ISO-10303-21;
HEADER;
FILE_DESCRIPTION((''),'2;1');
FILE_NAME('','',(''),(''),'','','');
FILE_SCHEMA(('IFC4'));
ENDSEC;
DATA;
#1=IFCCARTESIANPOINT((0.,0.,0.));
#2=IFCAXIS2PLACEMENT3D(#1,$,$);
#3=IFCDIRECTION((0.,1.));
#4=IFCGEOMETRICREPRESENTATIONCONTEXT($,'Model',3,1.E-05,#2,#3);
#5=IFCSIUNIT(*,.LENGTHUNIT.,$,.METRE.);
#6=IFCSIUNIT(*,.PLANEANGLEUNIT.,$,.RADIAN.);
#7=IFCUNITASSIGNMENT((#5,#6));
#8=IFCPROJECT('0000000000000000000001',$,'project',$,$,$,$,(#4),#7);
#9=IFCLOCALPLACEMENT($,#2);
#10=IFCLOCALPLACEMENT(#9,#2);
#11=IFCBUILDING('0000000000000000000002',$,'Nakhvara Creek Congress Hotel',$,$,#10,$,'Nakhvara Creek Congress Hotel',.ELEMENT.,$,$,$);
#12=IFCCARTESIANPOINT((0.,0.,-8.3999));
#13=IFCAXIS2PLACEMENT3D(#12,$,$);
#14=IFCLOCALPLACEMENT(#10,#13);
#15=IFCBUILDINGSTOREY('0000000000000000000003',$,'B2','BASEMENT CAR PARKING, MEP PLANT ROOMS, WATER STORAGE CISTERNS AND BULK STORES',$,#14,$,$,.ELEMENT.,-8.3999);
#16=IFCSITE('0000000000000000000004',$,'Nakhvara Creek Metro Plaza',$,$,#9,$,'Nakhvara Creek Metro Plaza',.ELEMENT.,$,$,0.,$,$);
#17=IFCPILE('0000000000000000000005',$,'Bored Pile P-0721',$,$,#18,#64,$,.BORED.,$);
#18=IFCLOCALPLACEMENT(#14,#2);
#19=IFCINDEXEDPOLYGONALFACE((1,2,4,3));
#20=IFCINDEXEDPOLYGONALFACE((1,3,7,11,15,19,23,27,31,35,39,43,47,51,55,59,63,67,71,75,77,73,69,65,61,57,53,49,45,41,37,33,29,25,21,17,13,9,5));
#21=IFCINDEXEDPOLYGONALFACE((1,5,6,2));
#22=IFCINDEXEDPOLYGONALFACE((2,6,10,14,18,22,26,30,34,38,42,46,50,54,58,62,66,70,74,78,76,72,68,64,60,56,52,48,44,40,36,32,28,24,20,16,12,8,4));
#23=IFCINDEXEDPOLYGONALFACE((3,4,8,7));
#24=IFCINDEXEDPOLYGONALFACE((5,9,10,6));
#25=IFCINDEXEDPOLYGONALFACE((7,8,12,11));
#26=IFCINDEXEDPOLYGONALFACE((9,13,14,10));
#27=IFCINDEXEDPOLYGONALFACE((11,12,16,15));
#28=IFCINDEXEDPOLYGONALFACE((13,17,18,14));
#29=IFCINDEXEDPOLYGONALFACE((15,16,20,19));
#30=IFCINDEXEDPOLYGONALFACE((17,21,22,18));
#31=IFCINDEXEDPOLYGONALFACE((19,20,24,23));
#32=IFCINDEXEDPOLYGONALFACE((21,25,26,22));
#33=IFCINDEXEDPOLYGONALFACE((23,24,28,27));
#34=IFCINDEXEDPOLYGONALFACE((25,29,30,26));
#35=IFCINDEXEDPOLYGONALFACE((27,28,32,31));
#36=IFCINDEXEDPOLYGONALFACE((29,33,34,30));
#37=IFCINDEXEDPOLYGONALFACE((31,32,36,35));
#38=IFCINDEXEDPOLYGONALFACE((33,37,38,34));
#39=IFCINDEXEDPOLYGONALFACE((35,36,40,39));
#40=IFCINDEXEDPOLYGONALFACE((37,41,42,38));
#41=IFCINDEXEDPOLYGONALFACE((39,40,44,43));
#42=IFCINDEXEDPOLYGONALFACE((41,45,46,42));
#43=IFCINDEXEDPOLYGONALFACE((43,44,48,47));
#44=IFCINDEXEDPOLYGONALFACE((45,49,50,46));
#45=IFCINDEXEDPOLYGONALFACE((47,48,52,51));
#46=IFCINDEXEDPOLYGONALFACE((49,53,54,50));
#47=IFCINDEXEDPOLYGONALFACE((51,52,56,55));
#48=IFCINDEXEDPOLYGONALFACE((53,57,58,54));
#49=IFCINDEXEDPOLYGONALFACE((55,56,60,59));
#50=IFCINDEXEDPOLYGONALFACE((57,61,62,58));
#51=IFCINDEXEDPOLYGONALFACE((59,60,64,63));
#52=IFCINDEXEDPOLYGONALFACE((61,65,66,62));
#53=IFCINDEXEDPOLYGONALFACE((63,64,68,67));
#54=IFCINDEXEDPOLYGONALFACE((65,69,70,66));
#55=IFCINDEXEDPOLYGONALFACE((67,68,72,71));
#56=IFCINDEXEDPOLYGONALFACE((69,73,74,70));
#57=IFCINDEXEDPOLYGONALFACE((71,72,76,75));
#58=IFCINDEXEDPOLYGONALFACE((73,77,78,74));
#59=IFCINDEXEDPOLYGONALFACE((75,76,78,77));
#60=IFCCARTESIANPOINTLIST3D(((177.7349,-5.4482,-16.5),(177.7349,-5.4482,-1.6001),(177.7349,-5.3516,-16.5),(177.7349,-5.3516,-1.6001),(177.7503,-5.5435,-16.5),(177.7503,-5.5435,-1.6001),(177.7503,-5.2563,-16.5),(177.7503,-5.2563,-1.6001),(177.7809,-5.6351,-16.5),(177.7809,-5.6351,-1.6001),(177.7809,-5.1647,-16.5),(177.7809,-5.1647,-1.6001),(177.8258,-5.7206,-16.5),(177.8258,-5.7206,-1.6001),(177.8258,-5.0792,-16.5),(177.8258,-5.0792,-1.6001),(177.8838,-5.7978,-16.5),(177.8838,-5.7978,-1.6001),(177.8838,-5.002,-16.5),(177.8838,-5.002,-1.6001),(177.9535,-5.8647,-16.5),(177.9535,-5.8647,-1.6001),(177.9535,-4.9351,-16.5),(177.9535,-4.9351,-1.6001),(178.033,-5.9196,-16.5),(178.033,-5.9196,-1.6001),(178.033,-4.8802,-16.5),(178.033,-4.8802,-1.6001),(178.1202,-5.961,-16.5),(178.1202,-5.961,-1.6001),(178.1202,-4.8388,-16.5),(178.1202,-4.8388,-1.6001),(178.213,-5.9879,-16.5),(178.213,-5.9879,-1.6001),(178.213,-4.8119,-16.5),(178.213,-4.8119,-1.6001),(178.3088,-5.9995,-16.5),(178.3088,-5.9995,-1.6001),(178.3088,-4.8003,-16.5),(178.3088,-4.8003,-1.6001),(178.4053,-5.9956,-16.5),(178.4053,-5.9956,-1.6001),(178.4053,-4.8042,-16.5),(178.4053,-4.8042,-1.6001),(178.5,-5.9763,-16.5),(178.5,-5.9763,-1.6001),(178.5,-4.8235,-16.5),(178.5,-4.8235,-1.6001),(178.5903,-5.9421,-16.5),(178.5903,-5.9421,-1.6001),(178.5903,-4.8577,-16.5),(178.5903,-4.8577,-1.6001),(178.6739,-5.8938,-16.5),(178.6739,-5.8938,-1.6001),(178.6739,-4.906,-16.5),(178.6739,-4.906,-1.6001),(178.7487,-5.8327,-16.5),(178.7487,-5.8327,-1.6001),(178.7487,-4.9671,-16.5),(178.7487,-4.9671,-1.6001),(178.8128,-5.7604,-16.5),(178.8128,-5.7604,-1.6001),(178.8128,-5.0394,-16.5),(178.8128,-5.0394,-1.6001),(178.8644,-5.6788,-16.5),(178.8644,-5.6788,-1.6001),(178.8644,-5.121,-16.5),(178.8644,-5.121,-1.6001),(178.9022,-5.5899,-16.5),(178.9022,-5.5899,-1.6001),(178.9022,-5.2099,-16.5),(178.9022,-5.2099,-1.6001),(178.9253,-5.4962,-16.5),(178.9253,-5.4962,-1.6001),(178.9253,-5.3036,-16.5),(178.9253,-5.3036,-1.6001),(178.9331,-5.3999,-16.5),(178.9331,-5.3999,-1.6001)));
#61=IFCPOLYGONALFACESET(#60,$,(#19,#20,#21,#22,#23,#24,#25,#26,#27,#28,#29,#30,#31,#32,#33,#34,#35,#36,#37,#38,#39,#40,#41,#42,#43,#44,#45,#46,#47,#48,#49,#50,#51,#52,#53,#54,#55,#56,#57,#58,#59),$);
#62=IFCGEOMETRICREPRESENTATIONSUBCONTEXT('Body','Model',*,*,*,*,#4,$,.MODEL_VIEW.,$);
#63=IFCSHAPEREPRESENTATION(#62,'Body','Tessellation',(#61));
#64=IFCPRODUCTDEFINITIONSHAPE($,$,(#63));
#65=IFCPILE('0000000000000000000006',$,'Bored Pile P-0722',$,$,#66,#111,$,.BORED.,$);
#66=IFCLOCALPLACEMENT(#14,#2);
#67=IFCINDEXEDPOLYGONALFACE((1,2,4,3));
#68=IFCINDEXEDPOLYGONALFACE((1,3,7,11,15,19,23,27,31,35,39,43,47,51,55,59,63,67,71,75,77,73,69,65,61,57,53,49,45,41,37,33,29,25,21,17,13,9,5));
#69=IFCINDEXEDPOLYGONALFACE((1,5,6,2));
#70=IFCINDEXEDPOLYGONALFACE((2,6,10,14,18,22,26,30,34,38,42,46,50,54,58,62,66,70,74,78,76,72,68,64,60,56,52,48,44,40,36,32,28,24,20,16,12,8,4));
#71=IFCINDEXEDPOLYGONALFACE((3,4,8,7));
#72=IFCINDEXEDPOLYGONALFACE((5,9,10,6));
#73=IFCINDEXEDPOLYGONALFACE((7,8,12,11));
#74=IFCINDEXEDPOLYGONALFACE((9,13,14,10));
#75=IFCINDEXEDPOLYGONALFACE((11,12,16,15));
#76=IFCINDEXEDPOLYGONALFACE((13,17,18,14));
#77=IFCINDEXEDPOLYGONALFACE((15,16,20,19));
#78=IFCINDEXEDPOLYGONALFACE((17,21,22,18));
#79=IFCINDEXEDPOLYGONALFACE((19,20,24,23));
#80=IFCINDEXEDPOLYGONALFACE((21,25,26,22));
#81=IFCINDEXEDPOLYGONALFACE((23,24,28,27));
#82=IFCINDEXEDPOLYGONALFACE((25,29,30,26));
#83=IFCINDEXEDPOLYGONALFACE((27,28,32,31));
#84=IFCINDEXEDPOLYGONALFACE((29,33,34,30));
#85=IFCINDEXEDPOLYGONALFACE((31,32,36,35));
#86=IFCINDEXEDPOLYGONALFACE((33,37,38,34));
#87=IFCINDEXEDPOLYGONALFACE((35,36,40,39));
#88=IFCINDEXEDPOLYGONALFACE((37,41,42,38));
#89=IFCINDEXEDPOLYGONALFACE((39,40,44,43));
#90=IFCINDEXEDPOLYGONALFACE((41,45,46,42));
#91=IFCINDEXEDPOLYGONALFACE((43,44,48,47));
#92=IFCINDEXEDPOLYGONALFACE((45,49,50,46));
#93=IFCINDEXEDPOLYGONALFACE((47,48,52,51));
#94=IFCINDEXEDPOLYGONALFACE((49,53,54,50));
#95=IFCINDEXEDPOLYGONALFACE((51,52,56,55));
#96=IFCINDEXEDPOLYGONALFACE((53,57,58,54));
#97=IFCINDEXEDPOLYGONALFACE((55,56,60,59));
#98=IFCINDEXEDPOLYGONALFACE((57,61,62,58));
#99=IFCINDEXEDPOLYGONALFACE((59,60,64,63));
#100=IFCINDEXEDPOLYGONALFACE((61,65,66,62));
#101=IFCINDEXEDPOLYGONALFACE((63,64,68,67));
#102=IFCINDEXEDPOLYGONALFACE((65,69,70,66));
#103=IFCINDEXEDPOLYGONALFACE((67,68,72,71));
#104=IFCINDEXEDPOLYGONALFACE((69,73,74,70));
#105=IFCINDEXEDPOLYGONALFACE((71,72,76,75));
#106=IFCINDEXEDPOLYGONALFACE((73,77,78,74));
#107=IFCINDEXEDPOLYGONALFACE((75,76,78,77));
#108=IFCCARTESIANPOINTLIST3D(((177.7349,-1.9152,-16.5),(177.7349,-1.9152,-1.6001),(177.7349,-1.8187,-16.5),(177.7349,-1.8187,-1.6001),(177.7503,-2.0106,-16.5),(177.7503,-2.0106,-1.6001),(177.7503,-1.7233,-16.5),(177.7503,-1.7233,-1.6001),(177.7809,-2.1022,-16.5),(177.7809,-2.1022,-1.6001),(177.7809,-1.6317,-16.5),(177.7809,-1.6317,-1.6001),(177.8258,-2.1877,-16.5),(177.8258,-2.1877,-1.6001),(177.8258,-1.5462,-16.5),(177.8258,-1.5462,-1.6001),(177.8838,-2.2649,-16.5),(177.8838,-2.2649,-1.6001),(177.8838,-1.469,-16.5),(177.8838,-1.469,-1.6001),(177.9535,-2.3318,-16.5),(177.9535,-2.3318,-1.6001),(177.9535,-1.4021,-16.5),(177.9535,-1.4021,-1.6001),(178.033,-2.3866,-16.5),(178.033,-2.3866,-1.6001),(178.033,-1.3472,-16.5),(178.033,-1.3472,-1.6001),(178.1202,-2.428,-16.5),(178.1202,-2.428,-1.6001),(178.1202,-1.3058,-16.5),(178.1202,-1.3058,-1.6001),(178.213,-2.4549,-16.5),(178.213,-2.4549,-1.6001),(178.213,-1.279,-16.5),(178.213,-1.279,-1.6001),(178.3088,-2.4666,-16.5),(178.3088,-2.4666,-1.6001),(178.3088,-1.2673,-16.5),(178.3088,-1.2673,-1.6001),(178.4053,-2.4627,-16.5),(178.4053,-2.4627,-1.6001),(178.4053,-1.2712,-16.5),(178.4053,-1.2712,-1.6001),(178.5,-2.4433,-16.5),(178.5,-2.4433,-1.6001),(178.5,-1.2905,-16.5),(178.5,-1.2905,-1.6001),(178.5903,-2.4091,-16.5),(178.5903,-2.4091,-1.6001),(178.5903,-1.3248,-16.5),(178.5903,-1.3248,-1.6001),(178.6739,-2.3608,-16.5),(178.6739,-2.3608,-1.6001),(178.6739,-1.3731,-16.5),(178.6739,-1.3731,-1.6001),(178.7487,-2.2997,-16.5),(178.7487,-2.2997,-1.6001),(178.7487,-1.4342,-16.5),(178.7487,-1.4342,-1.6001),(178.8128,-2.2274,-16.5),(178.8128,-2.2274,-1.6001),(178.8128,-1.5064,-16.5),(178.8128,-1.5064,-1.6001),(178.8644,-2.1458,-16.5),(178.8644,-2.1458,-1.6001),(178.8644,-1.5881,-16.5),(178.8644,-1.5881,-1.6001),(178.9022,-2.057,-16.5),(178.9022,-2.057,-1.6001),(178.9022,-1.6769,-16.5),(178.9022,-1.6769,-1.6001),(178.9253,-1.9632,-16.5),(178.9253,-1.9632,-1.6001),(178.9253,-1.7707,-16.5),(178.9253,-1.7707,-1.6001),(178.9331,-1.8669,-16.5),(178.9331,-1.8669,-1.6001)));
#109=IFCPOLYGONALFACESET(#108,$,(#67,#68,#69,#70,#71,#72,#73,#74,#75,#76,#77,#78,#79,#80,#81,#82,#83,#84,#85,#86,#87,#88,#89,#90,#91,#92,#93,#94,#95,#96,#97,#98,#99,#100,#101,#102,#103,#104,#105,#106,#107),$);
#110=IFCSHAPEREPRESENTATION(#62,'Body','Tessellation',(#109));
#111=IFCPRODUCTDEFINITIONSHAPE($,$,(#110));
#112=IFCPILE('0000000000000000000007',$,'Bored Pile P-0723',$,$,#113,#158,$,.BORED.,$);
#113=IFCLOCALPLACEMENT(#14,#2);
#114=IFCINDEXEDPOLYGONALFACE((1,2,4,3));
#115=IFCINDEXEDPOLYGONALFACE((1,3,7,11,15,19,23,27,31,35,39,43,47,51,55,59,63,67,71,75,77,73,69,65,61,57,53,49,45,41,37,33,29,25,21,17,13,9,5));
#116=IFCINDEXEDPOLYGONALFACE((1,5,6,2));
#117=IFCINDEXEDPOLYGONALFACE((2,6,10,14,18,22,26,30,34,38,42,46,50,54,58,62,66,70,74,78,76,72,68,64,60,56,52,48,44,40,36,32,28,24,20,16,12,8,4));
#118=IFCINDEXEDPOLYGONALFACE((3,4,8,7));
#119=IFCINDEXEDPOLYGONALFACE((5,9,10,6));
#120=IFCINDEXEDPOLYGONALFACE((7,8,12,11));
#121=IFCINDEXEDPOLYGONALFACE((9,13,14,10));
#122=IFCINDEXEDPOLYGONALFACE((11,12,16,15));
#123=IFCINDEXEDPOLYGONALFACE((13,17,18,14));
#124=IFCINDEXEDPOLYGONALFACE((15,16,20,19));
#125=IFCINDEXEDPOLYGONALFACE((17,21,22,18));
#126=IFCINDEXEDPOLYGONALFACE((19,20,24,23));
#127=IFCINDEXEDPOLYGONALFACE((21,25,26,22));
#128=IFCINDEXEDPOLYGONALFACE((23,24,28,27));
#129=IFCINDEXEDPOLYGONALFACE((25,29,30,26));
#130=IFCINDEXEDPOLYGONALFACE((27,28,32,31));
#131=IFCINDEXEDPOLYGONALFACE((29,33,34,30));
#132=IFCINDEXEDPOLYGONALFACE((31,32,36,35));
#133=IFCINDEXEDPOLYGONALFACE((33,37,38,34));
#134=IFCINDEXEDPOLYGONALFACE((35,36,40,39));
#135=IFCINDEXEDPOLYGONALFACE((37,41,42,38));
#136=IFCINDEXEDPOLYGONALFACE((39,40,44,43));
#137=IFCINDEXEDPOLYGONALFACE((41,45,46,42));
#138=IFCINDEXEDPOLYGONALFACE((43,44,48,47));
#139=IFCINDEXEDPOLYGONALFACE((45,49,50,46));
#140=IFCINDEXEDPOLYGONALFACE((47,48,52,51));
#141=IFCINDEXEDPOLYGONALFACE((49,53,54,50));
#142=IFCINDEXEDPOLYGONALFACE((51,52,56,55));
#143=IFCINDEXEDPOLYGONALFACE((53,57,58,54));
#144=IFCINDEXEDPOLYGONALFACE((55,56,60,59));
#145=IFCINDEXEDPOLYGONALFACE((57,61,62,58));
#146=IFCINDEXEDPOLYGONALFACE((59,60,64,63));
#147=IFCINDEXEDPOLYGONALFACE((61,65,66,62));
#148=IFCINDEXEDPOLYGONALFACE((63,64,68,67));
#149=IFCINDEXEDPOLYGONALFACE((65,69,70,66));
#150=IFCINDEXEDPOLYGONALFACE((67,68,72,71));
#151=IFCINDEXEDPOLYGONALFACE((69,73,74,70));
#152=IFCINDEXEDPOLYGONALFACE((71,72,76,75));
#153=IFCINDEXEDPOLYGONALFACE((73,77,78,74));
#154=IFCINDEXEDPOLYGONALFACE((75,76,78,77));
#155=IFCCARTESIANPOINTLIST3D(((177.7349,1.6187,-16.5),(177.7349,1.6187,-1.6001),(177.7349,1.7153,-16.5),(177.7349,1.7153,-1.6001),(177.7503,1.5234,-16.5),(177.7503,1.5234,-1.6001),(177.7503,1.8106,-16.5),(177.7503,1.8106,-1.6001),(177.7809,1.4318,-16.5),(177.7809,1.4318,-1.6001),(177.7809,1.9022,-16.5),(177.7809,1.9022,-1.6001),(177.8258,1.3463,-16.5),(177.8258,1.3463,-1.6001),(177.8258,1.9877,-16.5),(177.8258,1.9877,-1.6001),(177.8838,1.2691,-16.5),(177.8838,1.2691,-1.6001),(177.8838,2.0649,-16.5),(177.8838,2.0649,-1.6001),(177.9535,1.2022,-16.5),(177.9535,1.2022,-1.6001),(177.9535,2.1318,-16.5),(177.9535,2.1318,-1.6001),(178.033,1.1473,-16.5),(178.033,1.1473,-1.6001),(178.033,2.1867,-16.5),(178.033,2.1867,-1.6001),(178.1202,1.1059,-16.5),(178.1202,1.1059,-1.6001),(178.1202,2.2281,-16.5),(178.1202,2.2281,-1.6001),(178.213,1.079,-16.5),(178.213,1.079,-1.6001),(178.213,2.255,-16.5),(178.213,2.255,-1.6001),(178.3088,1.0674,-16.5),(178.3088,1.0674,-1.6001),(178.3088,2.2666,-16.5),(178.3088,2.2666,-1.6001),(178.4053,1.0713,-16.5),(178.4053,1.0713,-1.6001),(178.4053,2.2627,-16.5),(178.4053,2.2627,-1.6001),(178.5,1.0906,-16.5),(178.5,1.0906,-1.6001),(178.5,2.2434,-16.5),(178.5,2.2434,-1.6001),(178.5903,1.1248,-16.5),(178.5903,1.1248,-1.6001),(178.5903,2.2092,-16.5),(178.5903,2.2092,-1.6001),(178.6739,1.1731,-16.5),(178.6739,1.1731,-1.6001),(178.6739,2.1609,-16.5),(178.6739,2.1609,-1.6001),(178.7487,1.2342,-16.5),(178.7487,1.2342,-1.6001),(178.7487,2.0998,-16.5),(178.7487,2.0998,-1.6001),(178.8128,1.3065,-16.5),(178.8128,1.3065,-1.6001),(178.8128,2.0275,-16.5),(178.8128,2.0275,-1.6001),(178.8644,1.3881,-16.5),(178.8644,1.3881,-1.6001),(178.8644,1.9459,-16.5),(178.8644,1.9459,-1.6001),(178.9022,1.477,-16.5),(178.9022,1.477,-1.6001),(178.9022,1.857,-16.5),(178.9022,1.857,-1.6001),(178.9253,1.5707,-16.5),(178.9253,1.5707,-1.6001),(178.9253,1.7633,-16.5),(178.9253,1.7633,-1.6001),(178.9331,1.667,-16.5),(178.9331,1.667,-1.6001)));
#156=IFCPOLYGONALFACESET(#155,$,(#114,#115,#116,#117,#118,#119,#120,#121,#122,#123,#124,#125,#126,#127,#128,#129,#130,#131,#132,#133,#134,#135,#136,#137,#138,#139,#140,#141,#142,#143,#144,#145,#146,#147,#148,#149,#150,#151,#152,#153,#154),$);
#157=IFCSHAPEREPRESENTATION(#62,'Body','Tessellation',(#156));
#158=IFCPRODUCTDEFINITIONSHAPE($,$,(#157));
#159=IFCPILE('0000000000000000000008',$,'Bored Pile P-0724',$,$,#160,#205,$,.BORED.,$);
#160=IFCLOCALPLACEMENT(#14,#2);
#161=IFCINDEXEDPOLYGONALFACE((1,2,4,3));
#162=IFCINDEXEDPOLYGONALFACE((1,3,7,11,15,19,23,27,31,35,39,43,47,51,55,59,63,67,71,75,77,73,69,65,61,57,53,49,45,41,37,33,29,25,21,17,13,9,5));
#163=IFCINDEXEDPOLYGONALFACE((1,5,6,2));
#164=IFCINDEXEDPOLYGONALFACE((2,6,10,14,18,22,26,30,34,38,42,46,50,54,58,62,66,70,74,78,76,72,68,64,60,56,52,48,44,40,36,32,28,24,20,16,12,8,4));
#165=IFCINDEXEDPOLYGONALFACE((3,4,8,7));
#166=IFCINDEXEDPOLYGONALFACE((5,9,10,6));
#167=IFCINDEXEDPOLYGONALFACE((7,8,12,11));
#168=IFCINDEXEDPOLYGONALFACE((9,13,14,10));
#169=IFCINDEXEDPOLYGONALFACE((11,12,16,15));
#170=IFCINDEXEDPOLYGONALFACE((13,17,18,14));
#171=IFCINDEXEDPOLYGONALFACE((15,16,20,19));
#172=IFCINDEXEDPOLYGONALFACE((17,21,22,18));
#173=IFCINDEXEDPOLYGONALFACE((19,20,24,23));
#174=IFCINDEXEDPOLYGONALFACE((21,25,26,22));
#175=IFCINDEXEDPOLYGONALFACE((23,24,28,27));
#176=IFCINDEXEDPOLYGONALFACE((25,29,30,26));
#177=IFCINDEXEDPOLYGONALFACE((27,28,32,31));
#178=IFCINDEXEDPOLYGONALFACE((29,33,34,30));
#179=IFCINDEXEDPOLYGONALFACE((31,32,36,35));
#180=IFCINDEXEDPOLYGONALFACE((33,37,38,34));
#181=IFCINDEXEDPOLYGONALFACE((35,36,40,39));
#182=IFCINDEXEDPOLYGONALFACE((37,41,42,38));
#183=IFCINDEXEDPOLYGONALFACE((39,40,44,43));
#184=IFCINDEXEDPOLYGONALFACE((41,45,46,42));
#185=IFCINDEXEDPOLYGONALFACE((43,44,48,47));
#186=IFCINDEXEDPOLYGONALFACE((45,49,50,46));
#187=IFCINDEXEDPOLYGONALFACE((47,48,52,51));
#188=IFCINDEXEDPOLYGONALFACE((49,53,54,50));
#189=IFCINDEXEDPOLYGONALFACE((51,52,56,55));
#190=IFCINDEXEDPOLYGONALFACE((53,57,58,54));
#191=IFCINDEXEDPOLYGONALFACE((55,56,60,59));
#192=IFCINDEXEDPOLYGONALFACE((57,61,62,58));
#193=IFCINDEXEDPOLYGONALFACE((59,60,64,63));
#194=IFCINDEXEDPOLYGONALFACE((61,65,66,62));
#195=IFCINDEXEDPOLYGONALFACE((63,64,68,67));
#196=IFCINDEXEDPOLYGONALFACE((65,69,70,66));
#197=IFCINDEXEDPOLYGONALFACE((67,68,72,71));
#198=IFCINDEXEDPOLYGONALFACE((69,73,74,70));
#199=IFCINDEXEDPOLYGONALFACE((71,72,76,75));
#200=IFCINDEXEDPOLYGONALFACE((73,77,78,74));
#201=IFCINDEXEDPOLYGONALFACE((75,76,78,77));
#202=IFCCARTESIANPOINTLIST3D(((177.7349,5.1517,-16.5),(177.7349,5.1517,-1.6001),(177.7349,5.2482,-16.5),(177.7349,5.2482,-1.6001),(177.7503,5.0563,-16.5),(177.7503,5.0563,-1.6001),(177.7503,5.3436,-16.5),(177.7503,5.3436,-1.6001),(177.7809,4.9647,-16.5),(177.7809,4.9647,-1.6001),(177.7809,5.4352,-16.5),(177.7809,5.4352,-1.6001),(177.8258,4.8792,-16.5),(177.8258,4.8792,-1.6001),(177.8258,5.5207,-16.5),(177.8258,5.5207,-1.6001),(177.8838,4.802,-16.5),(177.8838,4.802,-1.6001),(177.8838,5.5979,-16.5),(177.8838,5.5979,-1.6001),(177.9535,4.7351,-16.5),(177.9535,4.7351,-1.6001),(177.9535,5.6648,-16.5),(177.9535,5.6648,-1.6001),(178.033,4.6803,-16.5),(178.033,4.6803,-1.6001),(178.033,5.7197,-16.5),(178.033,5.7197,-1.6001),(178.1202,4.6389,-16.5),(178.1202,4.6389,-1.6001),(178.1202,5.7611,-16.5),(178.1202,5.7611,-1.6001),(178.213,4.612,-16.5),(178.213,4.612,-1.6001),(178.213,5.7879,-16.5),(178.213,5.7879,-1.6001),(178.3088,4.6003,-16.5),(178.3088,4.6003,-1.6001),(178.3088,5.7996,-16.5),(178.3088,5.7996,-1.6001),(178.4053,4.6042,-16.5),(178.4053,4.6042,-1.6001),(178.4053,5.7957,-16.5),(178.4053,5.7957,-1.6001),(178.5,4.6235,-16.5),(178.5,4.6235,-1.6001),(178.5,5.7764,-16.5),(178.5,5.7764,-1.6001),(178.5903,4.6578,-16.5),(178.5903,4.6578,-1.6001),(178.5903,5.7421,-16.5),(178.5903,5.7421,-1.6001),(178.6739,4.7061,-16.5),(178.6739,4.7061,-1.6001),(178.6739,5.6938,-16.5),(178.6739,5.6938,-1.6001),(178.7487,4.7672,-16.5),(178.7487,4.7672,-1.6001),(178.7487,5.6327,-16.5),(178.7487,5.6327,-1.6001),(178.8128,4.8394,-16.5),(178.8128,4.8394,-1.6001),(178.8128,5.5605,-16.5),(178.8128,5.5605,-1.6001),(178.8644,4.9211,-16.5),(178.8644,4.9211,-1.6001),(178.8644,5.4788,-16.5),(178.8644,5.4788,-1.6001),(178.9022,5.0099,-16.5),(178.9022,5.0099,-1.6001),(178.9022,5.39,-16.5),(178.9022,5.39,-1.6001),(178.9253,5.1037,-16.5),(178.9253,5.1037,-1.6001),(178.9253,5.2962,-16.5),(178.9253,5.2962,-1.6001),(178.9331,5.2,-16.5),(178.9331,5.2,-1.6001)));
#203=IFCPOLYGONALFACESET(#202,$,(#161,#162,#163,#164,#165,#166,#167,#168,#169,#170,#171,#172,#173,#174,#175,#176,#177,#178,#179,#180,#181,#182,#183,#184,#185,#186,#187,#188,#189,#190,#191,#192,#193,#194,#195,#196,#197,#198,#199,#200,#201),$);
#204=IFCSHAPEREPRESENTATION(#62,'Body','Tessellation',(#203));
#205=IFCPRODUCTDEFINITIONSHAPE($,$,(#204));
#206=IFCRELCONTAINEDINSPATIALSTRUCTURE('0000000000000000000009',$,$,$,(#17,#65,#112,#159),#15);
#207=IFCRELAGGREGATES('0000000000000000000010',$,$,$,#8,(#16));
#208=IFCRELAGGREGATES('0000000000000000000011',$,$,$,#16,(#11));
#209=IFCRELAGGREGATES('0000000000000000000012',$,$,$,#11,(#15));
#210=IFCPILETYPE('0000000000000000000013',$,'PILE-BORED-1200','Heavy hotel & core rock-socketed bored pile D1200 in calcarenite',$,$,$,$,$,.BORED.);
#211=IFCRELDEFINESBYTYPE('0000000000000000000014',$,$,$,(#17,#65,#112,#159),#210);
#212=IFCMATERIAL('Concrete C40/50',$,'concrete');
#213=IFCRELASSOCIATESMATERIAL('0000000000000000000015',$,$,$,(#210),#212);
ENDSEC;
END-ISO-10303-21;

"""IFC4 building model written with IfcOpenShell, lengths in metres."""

from ifc_helpers import new_model, si_unit, direction, frame, origin, origin_2d, place, context, subcontext, project, spatial, circle, extrude, material, material_profile, profile_set, type_object, element, save


model = new_model("IFC4")

# Units and contexts
model_context = context("Model", 3, precision=1e-05, world=origin(), true_north=direction((0.0, 1.0)))
body_context = subcontext(model_context, "Body", "Model", "MODEL_VIEW")
ifc_project = project(units=[si_unit("LENGTHUNIT", "METRE"), si_unit("PLANEANGLEUNIT", "RADIAN")], contexts=[model_context])

# Site, building, storey
site_placement = place(None, origin())
site = spatial("IfcSite", under=ifc_project, at=site_placement, Name="Nakhvara Creek Metro Plaza", LongName="Nakhvara Creek Metro Plaza", CompositionType="ELEMENT", RefElevation=0.0)
building_placement = place(site_placement, origin())
building = spatial("IfcBuilding", under=site, at=building_placement, Name="Nakhvara Creek Congress Hotel", LongName="Nakhvara Creek Congress Hotel", CompositionType="ELEMENT")
storey_placement = place(building_placement, frame((0.0, 0.0, -8.3999)))
storey = spatial("IfcBuildingStorey", under=building, at=storey_placement, Name="B2", Description="BASEMENT CAR PARKING, MEP PLANT ROOMS, WATER STORAGE CISTERNS AND BULK STORES", CompositionType="ELEMENT", Elevation=-8.3999)

# Shared definitions
ifc_material_1 = material(Name="Concrete C40/50", Category="concrete")

# Piles
ifc_material_profile_1 = material_profile(ifc_material_1, circle(Radius=0.6001, at=origin_2d()), Name="BORED PILE D1200", Category="LoadBearing")
ifc_profile_set_1 = profile_set([ifc_material_profile_1], Name="Concrete C40/50")
pile_type = type_object("IfcPileType", Name="PILE-BORED-1200", Description="Heavy hotel & core rock-socketed bored pile D1200 in calcarenite", PredefinedType="BORED", material=ifc_profile_set_1)
for number, where, z_axis, x_axis, name in (
    (1, (178.333, -5.3999, -1.6001), (0.0, 0.0, -1.0), (1.0, 0.0, 0.0), "Bored Pile P-0721"),
    (2, (178.333, -1.8669, -1.6001), (0.0, 0.0, -1.0), (1.0, 0.0, 0.0), "Bored Pile P-0722"),
    (3, (178.333, 1.667, -1.6001), (0.0, 0.0, -1.0), (1.0, 0.0, 0.0), "Bored Pile P-0723"),
    (4, (178.333, 5.2, -1.6001), (0.0, 0.0, -1.0), (1.0, 0.0, 0.0), "Bored Pile P-0724"),
):
    element("IfcPile", number, at=place(storey_placement, frame(where, z_axis=z_axis, x_axis=x_axis)), inside=storey, type_object=pile_type, Name=name, PredefinedType="BORED", context=body_context, shape_type="SweptSolid", body=[
        extrude(circle(Radius=0.6001, at=origin_2d()), origin(), (0.0, 0.0, 1.0), 14.8999),
    ])

save(model, "model.ifc")
